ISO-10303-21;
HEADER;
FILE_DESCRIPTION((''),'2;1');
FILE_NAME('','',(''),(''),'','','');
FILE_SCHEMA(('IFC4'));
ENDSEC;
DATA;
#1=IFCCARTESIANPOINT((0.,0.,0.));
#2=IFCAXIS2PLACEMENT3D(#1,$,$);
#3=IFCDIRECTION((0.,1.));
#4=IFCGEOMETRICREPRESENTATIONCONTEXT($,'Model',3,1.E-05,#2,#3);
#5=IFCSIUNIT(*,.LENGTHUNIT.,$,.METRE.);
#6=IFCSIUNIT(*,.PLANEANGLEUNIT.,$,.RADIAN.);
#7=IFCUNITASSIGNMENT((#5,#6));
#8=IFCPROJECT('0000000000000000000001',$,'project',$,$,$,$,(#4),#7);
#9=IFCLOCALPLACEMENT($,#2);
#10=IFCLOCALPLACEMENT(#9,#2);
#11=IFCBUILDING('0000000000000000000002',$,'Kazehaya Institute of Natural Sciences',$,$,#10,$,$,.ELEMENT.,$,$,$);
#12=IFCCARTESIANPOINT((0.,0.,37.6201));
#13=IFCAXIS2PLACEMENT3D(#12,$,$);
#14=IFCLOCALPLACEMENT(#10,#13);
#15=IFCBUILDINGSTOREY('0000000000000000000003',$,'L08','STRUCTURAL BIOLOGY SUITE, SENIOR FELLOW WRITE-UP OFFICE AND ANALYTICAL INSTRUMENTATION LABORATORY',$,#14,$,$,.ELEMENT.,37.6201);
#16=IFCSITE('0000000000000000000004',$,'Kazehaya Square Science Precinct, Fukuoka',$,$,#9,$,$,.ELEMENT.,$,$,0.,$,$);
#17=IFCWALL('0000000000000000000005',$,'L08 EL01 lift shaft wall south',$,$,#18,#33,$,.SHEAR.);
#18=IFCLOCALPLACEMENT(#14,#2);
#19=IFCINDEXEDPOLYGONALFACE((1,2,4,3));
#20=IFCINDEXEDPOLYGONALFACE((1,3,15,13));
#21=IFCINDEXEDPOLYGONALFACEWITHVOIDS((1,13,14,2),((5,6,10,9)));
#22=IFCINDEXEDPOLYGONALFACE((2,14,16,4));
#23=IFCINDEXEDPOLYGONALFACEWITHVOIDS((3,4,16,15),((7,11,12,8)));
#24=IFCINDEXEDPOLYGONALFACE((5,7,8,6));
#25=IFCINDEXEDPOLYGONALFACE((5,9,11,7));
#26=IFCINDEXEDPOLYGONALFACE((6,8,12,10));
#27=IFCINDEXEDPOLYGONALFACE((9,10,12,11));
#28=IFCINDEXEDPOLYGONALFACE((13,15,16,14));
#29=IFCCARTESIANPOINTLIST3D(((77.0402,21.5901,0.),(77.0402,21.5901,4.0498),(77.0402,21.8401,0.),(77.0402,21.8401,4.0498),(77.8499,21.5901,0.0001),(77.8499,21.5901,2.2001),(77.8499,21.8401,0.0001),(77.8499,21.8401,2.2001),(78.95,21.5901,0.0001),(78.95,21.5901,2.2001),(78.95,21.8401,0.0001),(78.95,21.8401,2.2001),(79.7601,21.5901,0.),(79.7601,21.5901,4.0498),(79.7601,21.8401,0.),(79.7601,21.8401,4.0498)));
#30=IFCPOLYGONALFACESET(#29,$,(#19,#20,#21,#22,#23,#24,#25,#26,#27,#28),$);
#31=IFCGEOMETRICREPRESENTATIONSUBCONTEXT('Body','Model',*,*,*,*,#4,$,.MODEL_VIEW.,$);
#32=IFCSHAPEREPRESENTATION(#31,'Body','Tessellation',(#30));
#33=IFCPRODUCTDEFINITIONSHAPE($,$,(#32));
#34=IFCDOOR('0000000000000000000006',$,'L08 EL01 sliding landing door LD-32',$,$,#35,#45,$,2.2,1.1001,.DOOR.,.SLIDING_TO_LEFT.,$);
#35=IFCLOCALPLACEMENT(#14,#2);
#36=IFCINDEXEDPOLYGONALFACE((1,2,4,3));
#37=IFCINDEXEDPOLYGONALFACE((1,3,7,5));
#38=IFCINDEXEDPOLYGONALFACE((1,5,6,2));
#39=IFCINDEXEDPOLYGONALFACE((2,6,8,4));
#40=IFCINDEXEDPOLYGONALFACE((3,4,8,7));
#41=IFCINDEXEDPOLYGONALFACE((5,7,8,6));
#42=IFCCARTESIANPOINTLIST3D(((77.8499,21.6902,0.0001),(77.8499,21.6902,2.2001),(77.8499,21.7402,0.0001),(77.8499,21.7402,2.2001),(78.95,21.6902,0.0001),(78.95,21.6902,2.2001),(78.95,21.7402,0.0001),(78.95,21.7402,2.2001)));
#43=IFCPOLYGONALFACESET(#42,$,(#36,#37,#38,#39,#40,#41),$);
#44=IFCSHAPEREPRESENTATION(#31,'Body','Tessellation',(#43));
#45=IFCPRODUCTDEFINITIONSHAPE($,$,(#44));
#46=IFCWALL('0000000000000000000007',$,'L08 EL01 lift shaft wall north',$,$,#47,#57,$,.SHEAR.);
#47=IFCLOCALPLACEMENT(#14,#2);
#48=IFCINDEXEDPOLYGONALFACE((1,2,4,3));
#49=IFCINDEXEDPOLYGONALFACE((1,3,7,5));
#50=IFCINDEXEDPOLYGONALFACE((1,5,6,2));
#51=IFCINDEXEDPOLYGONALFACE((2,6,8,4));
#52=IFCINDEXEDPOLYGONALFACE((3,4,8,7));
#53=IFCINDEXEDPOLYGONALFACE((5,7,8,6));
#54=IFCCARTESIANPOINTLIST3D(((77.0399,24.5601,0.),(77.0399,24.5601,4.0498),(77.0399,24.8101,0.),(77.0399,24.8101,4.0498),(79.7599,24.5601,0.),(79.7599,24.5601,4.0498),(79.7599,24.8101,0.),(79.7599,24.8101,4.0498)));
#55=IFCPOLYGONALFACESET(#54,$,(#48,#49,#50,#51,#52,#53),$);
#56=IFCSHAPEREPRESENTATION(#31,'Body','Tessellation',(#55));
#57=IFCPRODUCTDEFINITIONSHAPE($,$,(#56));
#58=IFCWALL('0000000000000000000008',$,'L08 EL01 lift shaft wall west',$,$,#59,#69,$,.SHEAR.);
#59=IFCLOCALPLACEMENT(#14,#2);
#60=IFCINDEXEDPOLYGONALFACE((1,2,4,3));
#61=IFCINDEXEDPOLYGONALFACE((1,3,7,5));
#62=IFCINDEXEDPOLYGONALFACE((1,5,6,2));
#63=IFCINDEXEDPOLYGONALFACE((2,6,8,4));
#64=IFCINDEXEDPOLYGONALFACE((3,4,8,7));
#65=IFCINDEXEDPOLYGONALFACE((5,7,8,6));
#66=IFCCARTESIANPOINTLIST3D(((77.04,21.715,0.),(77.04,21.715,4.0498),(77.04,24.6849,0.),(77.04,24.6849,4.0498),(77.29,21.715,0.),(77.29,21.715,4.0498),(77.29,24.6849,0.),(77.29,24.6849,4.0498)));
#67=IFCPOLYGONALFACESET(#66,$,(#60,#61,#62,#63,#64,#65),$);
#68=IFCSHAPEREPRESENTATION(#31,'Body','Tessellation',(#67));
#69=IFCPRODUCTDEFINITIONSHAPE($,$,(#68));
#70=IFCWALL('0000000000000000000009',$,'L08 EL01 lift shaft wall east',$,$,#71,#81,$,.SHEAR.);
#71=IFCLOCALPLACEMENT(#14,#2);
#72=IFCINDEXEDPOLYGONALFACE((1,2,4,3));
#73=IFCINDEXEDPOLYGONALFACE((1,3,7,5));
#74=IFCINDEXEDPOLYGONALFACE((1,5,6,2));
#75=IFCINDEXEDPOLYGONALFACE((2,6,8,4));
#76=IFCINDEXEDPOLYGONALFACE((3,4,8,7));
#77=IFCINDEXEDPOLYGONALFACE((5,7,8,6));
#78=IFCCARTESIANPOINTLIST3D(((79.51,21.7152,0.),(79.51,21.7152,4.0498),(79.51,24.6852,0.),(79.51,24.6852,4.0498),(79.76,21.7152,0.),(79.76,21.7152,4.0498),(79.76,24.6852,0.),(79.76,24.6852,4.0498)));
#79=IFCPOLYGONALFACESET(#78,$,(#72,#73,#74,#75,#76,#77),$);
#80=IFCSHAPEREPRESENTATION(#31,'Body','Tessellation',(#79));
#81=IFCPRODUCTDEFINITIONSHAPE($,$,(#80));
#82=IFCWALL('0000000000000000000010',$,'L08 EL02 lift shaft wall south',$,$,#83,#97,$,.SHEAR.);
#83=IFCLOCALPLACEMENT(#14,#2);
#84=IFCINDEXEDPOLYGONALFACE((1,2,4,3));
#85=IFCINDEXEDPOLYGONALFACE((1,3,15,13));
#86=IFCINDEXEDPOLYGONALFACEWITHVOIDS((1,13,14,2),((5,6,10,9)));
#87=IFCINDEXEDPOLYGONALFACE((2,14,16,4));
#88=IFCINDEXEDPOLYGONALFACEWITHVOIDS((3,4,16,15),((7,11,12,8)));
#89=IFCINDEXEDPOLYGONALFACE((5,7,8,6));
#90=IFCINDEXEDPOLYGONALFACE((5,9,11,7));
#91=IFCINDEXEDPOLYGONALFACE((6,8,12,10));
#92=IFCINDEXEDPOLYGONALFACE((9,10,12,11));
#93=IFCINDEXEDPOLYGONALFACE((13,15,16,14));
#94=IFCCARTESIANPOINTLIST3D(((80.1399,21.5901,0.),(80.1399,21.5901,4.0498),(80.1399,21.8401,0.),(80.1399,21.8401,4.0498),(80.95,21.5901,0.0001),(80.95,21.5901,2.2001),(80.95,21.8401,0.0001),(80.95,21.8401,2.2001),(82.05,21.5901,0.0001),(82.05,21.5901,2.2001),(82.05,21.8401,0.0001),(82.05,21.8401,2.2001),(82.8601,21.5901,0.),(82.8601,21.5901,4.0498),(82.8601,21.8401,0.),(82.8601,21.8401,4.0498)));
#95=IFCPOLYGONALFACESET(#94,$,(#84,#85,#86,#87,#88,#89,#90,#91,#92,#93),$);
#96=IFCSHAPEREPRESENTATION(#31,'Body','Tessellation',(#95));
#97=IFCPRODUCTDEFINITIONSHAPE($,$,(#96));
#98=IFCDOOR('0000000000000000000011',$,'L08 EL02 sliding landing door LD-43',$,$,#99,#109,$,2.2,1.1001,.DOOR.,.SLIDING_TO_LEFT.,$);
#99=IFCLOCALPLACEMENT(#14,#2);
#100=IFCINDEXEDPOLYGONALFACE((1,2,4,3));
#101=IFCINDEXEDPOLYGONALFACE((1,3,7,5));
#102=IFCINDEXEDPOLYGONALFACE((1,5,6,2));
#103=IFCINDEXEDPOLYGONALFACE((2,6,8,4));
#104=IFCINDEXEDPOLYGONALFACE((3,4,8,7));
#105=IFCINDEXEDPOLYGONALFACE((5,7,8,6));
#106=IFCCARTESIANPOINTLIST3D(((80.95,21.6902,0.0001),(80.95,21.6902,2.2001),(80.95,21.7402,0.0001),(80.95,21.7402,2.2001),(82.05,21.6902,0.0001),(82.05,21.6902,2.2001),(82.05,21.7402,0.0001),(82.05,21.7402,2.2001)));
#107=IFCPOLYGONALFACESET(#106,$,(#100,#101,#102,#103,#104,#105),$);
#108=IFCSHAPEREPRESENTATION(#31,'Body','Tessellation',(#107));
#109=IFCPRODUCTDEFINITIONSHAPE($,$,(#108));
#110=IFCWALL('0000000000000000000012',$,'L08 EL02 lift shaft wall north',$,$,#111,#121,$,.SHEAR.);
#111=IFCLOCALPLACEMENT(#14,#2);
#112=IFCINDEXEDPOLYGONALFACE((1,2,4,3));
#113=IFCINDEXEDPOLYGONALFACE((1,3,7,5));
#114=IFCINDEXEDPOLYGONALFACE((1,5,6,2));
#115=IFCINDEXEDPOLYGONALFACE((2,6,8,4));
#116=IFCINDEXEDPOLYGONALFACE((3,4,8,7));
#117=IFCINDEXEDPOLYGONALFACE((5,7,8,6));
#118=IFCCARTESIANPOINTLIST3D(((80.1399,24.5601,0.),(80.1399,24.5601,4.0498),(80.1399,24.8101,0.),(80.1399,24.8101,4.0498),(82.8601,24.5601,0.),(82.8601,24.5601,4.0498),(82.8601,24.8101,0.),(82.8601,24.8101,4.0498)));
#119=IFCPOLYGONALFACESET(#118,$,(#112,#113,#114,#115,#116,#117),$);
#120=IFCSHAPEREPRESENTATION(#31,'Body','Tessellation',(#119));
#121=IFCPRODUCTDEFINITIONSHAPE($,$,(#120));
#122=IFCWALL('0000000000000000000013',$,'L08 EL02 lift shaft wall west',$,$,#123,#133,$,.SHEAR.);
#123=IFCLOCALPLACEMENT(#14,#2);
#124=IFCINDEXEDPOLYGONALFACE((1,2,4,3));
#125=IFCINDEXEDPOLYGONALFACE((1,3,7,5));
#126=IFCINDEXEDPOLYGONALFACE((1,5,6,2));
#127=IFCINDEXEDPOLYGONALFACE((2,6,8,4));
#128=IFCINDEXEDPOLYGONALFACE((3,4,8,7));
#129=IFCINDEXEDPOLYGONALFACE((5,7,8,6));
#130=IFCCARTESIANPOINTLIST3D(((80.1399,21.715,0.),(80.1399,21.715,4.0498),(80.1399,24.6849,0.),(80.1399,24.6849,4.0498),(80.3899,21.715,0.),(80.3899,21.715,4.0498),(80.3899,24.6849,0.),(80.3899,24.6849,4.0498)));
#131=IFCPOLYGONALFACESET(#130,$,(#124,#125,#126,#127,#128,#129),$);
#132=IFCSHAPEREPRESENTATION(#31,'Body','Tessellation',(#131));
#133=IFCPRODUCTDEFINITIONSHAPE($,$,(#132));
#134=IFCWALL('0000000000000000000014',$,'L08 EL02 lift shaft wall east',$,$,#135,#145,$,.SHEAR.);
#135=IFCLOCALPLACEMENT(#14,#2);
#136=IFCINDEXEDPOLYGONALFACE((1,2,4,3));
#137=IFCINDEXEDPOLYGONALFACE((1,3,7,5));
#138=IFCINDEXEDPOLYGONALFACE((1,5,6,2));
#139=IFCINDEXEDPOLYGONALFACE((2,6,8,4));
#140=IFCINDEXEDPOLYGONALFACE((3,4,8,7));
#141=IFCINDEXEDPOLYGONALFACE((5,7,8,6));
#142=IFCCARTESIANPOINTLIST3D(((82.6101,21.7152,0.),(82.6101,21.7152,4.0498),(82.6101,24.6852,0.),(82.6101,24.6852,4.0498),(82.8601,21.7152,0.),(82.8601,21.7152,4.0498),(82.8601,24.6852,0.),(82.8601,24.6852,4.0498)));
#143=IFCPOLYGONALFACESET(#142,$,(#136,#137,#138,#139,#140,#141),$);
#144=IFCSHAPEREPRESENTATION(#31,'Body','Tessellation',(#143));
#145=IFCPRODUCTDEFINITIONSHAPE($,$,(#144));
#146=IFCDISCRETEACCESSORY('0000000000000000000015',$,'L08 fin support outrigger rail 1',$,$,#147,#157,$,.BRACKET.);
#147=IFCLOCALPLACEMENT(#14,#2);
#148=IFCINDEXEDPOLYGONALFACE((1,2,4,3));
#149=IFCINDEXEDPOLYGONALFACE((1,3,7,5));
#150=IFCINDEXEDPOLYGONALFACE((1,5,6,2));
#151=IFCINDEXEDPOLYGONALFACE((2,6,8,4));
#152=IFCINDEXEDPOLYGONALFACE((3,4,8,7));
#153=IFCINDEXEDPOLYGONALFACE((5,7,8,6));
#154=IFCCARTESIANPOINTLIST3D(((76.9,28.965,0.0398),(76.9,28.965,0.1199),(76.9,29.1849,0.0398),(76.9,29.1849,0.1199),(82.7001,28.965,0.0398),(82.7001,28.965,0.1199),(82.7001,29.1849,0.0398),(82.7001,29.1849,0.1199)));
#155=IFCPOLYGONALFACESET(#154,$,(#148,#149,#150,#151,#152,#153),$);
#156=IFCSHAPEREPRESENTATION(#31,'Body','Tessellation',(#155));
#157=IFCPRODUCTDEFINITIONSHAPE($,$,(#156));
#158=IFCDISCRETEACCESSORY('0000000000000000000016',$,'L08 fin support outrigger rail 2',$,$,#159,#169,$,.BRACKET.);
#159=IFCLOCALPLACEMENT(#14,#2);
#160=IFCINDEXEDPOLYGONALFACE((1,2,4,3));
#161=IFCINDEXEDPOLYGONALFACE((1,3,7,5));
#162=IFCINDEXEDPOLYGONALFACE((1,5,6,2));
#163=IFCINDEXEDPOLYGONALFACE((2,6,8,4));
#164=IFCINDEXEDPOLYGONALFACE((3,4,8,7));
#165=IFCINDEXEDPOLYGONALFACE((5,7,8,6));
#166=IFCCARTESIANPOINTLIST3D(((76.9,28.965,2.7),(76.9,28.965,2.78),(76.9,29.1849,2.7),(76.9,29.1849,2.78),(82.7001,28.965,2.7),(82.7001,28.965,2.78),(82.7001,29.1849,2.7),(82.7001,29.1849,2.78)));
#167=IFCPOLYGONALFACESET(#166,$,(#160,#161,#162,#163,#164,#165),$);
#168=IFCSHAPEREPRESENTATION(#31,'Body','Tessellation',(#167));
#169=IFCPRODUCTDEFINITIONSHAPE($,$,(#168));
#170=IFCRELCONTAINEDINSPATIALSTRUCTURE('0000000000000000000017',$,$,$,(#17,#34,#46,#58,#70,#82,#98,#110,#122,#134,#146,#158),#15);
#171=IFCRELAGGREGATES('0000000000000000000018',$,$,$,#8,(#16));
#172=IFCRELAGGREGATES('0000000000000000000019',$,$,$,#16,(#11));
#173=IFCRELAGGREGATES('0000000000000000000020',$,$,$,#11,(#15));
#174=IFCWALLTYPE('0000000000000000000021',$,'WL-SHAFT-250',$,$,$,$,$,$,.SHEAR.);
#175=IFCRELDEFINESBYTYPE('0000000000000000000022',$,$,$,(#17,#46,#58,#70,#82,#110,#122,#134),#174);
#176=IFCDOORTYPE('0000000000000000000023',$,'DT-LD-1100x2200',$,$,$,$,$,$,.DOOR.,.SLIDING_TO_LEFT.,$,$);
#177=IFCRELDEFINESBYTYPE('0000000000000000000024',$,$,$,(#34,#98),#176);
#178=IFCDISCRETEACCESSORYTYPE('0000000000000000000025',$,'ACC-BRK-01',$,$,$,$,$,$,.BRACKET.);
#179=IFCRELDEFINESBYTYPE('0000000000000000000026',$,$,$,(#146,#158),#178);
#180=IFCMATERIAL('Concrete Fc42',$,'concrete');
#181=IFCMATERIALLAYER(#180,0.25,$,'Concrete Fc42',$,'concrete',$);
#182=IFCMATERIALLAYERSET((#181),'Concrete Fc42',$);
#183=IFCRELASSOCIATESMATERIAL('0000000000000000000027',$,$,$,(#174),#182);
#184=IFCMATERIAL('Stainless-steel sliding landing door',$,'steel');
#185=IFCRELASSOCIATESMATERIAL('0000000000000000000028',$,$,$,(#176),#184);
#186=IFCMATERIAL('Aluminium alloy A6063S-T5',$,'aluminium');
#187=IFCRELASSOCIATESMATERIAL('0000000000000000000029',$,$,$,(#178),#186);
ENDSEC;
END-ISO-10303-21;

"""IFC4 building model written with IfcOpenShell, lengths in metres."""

from ifc_helpers import new_model, si_unit, direction, frame, frame_2d, origin, origin_2d, place, context, subcontext, project, spatial, rectangle, extrude, material, layer, layer_set, type_object, element, fill, save


model = new_model("IFC4")

# Units and contexts
model_context = context("Model", 3, precision=1e-05, world=origin(), true_north=direction((0.0, 1.0)))
body_context = subcontext(model_context, "Body", "Model", "MODEL_VIEW")
ifc_project = project(units=[si_unit("LENGTHUNIT", "METRE"), si_unit("PLANEANGLEUNIT", "RADIAN")], contexts=[model_context])

# Site, building, storey
site_placement = place(None, origin())
site = spatial("IfcSite", under=ifc_project, at=site_placement, Name="Kazehaya Square Science Precinct, Fukuoka", CompositionType="ELEMENT", RefElevation=0.0)
building_placement = place(site_placement, origin())
building = spatial("IfcBuilding", under=site, at=building_placement, Name="Kazehaya Institute of Natural Sciences", CompositionType="ELEMENT")
storey_placement = place(building_placement, frame((0.0, 0.0, 37.6201)))
storey = spatial("IfcBuildingStorey", under=building, at=storey_placement, Name="L08", Description="STRUCTURAL BIOLOGY SUITE, SENIOR FELLOW WRITE-UP OFFICE AND ANALYTICAL INSTRUMENTATION LABORATORY", CompositionType="ELEMENT", Elevation=37.6201)

# Shared definitions
ifc_material_1 = material(Name="Aluminium alloy A6063S-T5", Category="aluminium")

# Shared definitions
ifc_material_2 = material(Name="Concrete Fc42", Category="concrete")
ifc_layer_1 = layer(ifc_material_2, 0.25, Name="Concrete Fc42", Category="concrete")
ifc_layer_set_1 = layer_set([ifc_layer_1], Name="Concrete Fc42")
wall_type_1 = type_object("IfcWallType", Name="WL-SHAFT-250", PredefinedType="SHEAR", material=ifc_layer_set_1)

# Wall, opening, door
wall_1_placement = place(storey_placement, frame((79.76, 21.7151, 0.0), z_axis=(0.0, 0.0, 1.0), x_axis=(-1.0, 0.0, 0.0)))
wall_1 = element("IfcWall", 1, at=wall_1_placement, inside=storey, type_object=wall_type_1, Name="L08 EL01 lift shaft wall south", PredefinedType="SHEAR", context=body_context, shape_type="SweptSolid", body=[
    extrude(rectangle(XDim=2.72, YDim=0.25, at=frame_2d((1.3599, 0.0))), origin(), (0.0, 0.0, 1.0), 4.0498),
])
opening_1_placement = place(wall_1_placement, frame((0.8101, 0.0, 0.0)))
opening_1 = element("IfcOpeningElement", 2, at=opening_1_placement, cuts=wall_1, PredefinedType="OPENING", context=body_context, shape_type="SweptSolid", body=[
    extrude(rectangle(XDim=1.1001, YDim=2.2, at=frame_2d((0.55, 1.1001))), frame((0.0, 0.135, 0.0), z_axis=(0.0, -1.0, 0.0), x_axis=(1.0, 0.0, 0.0)), (0.0, 0.0, 1.0), 0.27),
])
ifc_material_3 = material(Name="Stainless-steel sliding landing door", Category="steel")
door_type = type_object("IfcDoorType", Name="DT-LD-1100x2200", OperationType="SLIDING_TO_LEFT", PredefinedType="DOOR", material=ifc_material_3)
door_1_placement = place(opening_1_placement, origin())
door_1 = element("IfcDoor", 3, at=door_1_placement, inside=storey, type_object=door_type, Name="L08 EL01 sliding landing door LD-32", OperationType="SLIDING_TO_LEFT", OverallHeight=2.2, OverallWidth=1.1001, PredefinedType="DOOR", context=body_context, shape_type="SweptSolid", body=[
    extrude(rectangle(XDim=1.1001, YDim=2.2, at=frame_2d((0.55, 1.1001))), frame((0.0, 0.0249, 0.0), z_axis=(0.0, -1.0, 0.0), x_axis=(1.0, 0.0, 0.0)), (0.0, 0.0, 1.0), 0.05),
])
fill(opening_1, door_1)

# Walls
wall_2_placement = place(storey_placement, frame((77.04, 24.6851, 0.0), z_axis=(0.0, 0.0, 1.0), x_axis=(1.0, 0.0, 0.0)))
element("IfcWall", 4, at=wall_2_placement, inside=storey, type_object=wall_type_1, Name="L08 EL01 lift shaft wall north", PredefinedType="SHEAR", context=body_context, shape_type="SweptSolid", body=[
    extrude(rectangle(XDim=2.72, YDim=0.25, at=frame_2d((1.3599, 0.0))), origin(), (0.0, 0.0, 1.0), 4.0498),
])
for number, where, z_axis, x_axis, name in (
    (5, (77.165, 21.7151, 0.0), (0.0, 0.0, 1.0), (0.0, 1.0, 0.0), "L08 EL01 lift shaft wall west"),
    (6, (79.635, 24.6851, 0.0), (0.0, 0.0, 1.0), (0.0, -1.0, 0.0), "L08 EL01 lift shaft wall east"),
):
    element("IfcWall", number, at=place(storey_placement, frame(where, z_axis=z_axis, x_axis=x_axis)), inside=storey, type_object=wall_type_1, Name=name, PredefinedType="SHEAR", context=body_context, shape_type="SweptSolid", body=[
        extrude(rectangle(XDim=2.97, YDim=0.25, at=frame_2d((1.4849, 0.0))), origin(), (0.0, 0.0, 1.0), 4.0498),
    ])

# Wall, opening, door
wall_3_placement = place(storey_placement, frame((82.8601, 21.7151, 0.0), z_axis=(0.0, 0.0, 1.0), x_axis=(-1.0, 0.0, 0.0)))
wall_3 = element("IfcWall", 7, at=wall_3_placement, inside=storey, type_object=wall_type_1, Name="L08 EL02 lift shaft wall south", PredefinedType="SHEAR", context=body_context, shape_type="SweptSolid", body=[
    extrude(rectangle(XDim=2.7202, YDim=0.25, at=frame_2d((1.3601, 0.0))), origin(), (0.0, 0.0, 1.0), 4.0498),
])
opening_2_placement = place(wall_3_placement, frame((0.8101, 0.0, 0.0)))
opening_2 = element("IfcOpeningElement", 8, at=opening_2_placement, cuts=wall_3, PredefinedType="OPENING", context=body_context, shape_type="SweptSolid", body=[
    extrude(rectangle(XDim=1.1001, YDim=2.2, at=frame_2d((0.55, 1.1001))), frame((0.0, 0.135, 0.0), z_axis=(0.0, -1.0, 0.0), x_axis=(1.0, 0.0, 0.0)), (0.0, 0.0, 1.0), 0.27),
])
door_2_placement = place(opening_2_placement, origin())
door_2 = element("IfcDoor", 9, at=door_2_placement, inside=storey, type_object=door_type, Name="L08 EL02 sliding landing door LD-43", OperationType="SLIDING_TO_LEFT", OverallHeight=2.2, OverallWidth=1.1001, PredefinedType="DOOR", context=body_context, shape_type="SweptSolid", body=[
    extrude(rectangle(XDim=1.1001, YDim=2.2, at=frame_2d((0.55, 1.1001))), frame((0.0, 0.0249, 0.0), z_axis=(0.0, -1.0, 0.0), x_axis=(1.0, 0.0, 0.0)), (0.0, 0.0, 1.0), 0.05),
])
fill(opening_2, door_2)

# Walls
wall_4_placement = place(storey_placement, frame((80.1399, 24.6851, 0.0), z_axis=(0.0, 0.0, 1.0), x_axis=(1.0, 0.0, 0.0)))
element("IfcWall", 10, at=wall_4_placement, inside=storey, type_object=wall_type_1, Name="L08 EL02 lift shaft wall north", PredefinedType="SHEAR", context=body_context, shape_type="SweptSolid", body=[
    extrude(rectangle(XDim=2.7202, YDim=0.25, at=frame_2d((1.3601, 0.0))), origin(), (0.0, 0.0, 1.0), 4.0498),
])
for number, where, z_axis, x_axis, name in (
    (11, (80.2649, 21.7151, 0.0), (0.0, 0.0, 1.0), (0.0, 1.0, 0.0), "L08 EL02 lift shaft wall west"),
    (12, (82.7351, 24.6851, 0.0), (0.0, 0.0, 1.0), (0.0, -1.0, 0.0), "L08 EL02 lift shaft wall east"),
):
    element("IfcWall", number, at=place(storey_placement, frame(where, z_axis=z_axis, x_axis=x_axis)), inside=storey, type_object=wall_type_1, Name=name, PredefinedType="SHEAR", context=body_context, shape_type="SweptSolid", body=[
        extrude(rectangle(XDim=2.97, YDim=0.25, at=frame_2d((1.4849, 0.0))), origin(), (0.0, 0.0, 1.0), 4.0498),
    ])

# Discrete accessories
discrete_accessory_type = type_object("IfcDiscreteAccessoryType", Name="ACC-BRK-01", PredefinedType="BRACKET", material=ifc_material_1)
for number, where, z_axis, x_axis, name in (
    (13, (79.8, 29.075, 0.0398), (0.0, 0.0, 1.0), (1.0, 0.0, 0.0), "L08 fin support outrigger rail 1"),
    (14, (79.8, 29.075, 2.7), (0.0, 0.0, 1.0), (1.0, 0.0, 0.0), "L08 fin support outrigger rail 2"),
):
    element("IfcDiscreteAccessory", number, at=place(storey_placement, frame(where, z_axis=z_axis, x_axis=x_axis)), inside=storey, type_object=discrete_accessory_type, Name=name, PredefinedType="BRACKET", context=body_context, shape_type="SweptSolid", body=[
        extrude(rectangle(XDim=5.8, YDim=0.22, at=origin_2d()), origin(), (0.0, 0.0, 1.0), 0.0801),
    ])

save(model, "model.ifc")
